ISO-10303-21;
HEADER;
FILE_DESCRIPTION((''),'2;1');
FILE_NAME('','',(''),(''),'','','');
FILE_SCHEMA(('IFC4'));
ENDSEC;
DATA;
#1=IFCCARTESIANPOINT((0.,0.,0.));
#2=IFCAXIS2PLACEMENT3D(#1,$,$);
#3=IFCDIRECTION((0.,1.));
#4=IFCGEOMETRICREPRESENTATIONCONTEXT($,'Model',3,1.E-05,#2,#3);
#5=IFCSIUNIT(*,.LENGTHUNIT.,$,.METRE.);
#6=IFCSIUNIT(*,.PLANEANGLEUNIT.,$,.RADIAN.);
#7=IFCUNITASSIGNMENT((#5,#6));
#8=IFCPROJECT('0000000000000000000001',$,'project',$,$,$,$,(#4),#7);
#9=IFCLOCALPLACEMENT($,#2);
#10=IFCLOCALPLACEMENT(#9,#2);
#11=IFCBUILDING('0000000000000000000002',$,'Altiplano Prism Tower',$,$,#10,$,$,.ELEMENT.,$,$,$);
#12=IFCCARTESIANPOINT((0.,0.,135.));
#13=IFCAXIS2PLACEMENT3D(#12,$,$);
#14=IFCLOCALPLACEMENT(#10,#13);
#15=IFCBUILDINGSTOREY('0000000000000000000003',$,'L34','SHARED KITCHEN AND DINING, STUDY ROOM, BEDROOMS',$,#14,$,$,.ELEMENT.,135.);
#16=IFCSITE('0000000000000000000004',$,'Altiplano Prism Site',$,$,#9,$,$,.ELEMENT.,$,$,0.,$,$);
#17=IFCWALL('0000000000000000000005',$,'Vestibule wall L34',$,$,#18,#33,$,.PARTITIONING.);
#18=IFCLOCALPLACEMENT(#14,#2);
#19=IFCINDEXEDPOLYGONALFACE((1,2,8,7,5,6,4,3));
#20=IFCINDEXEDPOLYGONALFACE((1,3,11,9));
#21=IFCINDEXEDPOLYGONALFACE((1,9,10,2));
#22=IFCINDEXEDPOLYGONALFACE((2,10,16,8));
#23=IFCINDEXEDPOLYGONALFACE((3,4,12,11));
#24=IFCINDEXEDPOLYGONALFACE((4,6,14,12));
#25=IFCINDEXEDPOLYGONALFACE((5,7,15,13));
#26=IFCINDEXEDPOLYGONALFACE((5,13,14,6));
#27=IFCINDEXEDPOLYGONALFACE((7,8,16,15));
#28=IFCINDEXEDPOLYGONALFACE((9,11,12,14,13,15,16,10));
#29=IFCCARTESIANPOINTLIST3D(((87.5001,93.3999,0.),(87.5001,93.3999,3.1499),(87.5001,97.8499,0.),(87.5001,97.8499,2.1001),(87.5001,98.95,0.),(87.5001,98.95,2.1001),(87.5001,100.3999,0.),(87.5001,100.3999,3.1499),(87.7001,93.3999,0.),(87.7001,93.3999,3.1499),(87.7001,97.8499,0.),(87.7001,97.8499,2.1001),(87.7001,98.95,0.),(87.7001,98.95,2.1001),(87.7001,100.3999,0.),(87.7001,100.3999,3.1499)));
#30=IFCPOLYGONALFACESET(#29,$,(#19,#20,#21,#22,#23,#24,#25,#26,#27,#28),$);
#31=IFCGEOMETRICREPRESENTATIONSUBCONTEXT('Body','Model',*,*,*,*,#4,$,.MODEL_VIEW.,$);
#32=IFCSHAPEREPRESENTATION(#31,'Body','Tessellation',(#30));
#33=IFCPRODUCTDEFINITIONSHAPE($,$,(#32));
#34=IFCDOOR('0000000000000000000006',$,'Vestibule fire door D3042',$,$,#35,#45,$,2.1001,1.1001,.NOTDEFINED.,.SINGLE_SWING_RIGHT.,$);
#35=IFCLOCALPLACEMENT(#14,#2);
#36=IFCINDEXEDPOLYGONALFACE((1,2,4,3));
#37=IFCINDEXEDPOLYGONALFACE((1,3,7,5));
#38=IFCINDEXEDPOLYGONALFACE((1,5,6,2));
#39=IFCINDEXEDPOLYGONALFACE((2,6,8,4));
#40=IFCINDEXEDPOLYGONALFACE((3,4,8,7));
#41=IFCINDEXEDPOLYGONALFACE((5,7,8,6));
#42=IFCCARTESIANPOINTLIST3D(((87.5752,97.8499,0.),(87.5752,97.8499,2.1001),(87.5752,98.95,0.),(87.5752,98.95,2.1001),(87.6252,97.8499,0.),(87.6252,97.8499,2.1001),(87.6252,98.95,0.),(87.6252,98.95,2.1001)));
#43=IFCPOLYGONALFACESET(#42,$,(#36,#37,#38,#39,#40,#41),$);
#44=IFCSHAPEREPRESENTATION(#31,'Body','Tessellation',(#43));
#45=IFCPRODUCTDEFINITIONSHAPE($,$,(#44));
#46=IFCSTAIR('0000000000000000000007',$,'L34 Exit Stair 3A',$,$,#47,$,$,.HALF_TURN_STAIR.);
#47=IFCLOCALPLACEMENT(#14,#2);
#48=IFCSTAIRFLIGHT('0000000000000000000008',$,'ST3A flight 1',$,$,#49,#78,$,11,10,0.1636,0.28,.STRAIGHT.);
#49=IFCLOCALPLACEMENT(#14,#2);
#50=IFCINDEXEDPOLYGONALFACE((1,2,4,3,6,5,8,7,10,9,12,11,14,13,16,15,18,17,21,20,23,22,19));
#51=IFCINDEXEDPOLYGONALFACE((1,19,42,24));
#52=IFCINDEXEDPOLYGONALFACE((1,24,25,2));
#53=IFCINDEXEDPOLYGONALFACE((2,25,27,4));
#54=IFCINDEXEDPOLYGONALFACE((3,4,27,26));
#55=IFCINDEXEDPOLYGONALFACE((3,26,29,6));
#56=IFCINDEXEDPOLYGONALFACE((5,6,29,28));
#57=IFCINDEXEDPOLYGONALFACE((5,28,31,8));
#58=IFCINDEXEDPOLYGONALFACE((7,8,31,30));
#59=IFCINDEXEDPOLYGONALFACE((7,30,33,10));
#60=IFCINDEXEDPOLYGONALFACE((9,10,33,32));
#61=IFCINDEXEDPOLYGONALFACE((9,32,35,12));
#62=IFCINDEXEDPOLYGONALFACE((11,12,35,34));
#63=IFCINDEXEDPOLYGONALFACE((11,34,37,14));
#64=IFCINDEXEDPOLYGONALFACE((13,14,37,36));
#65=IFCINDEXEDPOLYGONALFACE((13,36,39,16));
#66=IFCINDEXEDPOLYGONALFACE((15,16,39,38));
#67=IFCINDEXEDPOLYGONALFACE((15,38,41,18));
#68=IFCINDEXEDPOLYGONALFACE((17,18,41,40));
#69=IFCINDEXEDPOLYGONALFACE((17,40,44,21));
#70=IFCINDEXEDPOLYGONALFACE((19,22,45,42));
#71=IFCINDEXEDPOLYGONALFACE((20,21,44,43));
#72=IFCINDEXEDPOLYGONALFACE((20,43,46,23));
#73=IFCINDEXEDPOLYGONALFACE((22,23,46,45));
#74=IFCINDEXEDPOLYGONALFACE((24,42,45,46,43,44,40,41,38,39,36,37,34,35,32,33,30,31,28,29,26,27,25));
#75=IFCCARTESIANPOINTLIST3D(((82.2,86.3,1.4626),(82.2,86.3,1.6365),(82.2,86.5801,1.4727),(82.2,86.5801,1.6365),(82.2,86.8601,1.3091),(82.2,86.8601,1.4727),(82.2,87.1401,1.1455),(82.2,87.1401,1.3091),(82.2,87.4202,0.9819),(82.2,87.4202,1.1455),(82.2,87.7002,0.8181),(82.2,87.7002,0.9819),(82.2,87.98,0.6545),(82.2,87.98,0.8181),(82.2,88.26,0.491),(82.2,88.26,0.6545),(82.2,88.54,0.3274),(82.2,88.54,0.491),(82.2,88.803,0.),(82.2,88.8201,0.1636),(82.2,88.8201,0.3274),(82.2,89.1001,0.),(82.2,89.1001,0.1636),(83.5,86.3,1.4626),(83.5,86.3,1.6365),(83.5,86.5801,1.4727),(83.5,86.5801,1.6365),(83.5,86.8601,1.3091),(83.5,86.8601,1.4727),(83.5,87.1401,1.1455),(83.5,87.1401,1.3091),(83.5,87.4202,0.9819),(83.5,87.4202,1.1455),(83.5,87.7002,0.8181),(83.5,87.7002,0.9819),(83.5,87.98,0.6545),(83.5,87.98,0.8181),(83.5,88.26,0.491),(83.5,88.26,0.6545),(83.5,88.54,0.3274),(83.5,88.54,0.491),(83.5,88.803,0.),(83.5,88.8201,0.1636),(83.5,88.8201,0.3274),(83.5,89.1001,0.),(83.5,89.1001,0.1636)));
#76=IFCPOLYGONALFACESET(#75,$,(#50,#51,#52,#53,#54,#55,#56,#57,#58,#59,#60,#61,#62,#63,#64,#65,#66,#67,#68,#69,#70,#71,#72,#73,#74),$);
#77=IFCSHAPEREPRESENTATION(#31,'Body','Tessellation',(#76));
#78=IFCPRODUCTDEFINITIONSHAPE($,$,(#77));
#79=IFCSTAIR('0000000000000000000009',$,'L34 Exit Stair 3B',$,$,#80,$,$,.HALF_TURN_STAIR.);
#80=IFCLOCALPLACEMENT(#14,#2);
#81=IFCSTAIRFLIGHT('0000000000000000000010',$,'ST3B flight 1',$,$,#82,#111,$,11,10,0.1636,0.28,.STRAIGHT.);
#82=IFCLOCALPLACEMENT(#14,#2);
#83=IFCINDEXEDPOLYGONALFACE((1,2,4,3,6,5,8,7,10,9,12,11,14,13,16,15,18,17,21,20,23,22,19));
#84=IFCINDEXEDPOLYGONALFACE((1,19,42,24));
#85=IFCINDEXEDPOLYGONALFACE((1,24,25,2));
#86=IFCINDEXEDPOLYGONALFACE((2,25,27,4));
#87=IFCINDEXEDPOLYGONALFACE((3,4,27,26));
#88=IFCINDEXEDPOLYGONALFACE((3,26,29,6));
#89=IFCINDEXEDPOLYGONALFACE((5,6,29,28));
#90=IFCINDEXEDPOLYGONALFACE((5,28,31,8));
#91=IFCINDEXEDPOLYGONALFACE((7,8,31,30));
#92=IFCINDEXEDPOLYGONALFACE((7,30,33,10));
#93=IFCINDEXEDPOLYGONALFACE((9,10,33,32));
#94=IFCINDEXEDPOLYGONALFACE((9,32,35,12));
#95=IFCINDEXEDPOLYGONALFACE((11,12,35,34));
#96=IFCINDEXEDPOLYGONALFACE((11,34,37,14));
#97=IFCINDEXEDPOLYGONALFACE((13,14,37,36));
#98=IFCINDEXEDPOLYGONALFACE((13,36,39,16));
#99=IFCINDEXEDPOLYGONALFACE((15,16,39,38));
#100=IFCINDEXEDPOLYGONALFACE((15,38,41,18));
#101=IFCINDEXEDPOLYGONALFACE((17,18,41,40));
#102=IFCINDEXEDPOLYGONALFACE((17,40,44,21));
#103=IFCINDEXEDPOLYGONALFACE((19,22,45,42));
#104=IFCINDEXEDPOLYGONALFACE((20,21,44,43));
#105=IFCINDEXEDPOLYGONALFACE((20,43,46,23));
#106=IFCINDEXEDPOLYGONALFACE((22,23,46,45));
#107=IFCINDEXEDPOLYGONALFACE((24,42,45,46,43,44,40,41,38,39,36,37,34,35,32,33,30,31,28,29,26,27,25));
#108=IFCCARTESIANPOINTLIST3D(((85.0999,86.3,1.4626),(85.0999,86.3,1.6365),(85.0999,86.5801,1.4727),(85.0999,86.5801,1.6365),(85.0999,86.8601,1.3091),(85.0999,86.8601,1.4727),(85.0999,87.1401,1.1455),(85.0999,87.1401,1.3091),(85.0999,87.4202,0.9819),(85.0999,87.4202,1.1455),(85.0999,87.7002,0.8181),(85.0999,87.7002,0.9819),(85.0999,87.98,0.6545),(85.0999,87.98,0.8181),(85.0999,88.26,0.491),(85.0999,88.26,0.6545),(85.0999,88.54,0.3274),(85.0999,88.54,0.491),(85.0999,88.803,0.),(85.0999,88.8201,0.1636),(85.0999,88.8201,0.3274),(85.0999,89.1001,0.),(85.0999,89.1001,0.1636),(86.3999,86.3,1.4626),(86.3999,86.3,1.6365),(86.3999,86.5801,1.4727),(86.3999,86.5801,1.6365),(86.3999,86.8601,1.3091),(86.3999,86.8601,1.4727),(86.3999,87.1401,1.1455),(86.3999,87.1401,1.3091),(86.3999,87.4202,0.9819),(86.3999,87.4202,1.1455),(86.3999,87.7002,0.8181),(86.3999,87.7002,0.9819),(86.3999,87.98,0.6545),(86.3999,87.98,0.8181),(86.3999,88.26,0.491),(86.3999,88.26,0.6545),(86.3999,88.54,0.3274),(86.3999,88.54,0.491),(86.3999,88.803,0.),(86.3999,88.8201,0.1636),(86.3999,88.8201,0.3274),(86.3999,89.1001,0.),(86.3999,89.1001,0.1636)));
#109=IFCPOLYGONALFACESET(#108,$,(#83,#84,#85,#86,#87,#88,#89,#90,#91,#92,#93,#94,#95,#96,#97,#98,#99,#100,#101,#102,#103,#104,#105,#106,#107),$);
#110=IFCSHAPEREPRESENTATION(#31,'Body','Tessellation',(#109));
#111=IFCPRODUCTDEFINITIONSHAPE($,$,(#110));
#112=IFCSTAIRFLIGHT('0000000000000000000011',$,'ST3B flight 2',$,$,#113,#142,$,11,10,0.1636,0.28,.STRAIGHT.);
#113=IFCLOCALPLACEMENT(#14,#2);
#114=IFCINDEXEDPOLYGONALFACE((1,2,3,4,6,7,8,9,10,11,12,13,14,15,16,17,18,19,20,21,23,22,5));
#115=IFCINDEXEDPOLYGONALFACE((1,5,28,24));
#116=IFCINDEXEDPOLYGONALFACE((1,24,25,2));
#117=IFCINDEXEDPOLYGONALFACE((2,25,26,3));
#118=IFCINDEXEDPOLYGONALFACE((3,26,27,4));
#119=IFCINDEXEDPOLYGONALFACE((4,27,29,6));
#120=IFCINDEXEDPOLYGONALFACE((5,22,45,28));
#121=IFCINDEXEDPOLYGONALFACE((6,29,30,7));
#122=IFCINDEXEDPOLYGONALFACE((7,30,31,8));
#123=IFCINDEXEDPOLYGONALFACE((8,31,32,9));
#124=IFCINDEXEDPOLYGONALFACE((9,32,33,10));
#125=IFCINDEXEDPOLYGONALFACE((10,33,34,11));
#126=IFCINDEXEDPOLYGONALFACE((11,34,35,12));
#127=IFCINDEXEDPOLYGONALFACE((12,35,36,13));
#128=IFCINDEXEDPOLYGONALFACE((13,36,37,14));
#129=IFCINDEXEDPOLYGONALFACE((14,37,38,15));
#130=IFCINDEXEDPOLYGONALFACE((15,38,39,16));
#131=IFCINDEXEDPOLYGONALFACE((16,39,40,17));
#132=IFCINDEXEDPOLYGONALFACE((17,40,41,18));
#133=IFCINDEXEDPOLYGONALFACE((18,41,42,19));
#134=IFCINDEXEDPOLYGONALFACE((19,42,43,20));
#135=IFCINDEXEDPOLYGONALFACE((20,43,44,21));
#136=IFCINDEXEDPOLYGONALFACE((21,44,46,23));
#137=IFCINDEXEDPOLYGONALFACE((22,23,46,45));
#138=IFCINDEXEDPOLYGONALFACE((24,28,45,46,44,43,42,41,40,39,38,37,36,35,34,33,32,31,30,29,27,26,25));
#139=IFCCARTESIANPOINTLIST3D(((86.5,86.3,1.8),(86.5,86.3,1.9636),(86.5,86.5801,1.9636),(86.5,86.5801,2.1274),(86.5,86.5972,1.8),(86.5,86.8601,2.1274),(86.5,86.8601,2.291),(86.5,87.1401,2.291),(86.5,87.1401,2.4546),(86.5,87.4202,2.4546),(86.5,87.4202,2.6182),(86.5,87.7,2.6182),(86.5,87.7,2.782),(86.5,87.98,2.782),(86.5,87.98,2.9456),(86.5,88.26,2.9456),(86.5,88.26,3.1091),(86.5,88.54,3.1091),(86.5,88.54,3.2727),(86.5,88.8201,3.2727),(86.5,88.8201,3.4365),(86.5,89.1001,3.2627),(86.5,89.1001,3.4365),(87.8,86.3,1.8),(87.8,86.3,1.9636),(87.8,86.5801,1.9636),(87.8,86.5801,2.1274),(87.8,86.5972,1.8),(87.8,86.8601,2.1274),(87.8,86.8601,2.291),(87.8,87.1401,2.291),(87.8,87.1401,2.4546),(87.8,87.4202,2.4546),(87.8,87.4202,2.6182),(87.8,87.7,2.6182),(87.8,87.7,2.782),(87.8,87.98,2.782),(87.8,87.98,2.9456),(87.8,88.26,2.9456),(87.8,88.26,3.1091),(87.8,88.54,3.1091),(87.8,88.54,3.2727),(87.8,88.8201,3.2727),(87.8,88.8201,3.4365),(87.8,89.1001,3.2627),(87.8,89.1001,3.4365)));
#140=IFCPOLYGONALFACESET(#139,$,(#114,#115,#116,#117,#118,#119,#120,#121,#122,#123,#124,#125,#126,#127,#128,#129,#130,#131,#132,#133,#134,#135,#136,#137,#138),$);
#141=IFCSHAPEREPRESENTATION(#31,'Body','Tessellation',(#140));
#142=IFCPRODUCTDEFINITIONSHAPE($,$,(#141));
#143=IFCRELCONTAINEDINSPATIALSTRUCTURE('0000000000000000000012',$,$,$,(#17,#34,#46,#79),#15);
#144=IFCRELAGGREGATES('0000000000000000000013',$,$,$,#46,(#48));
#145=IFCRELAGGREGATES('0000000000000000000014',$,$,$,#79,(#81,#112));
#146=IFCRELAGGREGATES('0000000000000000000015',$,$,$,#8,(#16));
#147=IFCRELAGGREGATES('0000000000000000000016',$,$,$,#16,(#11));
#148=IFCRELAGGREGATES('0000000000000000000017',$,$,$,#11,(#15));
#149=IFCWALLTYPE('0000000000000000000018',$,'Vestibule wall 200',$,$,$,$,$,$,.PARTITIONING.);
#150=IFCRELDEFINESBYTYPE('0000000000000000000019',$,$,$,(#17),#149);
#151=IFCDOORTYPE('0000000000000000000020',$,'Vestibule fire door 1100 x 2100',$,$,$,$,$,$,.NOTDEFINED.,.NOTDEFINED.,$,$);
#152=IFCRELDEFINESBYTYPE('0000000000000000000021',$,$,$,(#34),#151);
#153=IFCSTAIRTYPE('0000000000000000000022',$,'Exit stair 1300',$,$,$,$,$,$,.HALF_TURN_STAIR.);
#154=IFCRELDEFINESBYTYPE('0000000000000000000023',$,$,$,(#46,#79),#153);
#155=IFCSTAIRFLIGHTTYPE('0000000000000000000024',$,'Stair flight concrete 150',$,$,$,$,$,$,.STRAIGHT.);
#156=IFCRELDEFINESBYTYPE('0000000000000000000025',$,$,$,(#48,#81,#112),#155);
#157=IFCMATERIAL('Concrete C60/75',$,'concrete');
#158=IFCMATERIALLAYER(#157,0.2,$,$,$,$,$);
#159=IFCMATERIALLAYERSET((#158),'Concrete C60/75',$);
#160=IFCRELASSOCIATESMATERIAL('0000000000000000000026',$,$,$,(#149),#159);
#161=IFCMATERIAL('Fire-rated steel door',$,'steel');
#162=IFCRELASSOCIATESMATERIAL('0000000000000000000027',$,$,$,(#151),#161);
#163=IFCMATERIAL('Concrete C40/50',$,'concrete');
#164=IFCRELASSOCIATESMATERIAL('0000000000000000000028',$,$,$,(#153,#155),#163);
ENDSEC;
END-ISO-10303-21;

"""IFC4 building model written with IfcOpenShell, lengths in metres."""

from ifc_helpers import new_model, si_unit, direction, frame, frame_2d, origin, place, context, subcontext, project, spatial, polyline, rectangle, outline, extrude, material, layer, layer_set, type_object, element, fill, aggregate, save


model = new_model("IFC4")

# Units and contexts
model_context = context("Model", 3, precision=1e-05, world=origin(), true_north=direction((0.0, 1.0)))
body_context = subcontext(model_context, "Body", "Model", "MODEL_VIEW")
ifc_project = project(units=[si_unit("LENGTHUNIT", "METRE"), si_unit("PLANEANGLEUNIT", "RADIAN")], contexts=[model_context])

# Site, building, storey
site_placement = place(None, origin())
site = spatial("IfcSite", under=ifc_project, at=site_placement, Name="Altiplano Prism Site", CompositionType="ELEMENT", RefElevation=0.0)
building_placement = place(site_placement, origin())
building = spatial("IfcBuilding", under=site, at=building_placement, Name="Altiplano Prism Tower", CompositionType="ELEMENT")
storey_placement = place(building_placement, frame((0.0, 0.0, 135.0)))
storey = spatial("IfcBuildingStorey", under=building, at=storey_placement, Name="L34", Description="SHARED KITCHEN AND DINING, STUDY ROOM, BEDROOMS", CompositionType="ELEMENT", Elevation=135.0)

# Shared definitions
ifc_material_1 = material(Name="Concrete C60/75", Category="concrete")

# Shared definitions
ifc_material_2 = material(Name="Fire-rated steel door", Category="steel")

# Wall, opening, door
ifc_layer_1 = layer(ifc_material_1, 0.2)
ifc_layer_set_1 = layer_set([ifc_layer_1], Name="Concrete C60/75")
wall_type_1 = type_object("IfcWallType", Name="Vestibule wall 200", PredefinedType="PARTITIONING", material=ifc_layer_set_1)
wall_1_placement = place(storey_placement, frame((87.6001, 93.3999, 0.0), z_axis=(0.0, 0.0, 1.0), x_axis=(0.0, 1.0, 0.0)))
wall_1 = element("IfcWall", 1, at=wall_1_placement, inside=storey, type_object=wall_type_1, Name="Vestibule wall L34", PredefinedType="PARTITIONING", context=body_context, shape_type="SweptSolid", body=[
    extrude(rectangle(XDim=7.0, YDim=0.2, at=frame_2d((3.5, 0.0))), origin(), (0.0, 0.0, 1.0), 3.1499),
])
opening_1_placement = place(wall_1_placement, frame((4.45, 0.0, 0.0)))
opening_1 = element("IfcOpeningElement", 2, at=opening_1_placement, cuts=wall_1, PredefinedType="OPENING", context=body_context, shape_type="SweptSolid", body=[
    extrude(rectangle(XDim=1.1001, YDim=2.1001, at=frame_2d((0.55, 1.05))), frame((0.0, 0.1104, 0.0), z_axis=(0.0, -1.0, 0.0), x_axis=(1.0, 0.0, 0.0)), (0.0, 0.0, 1.0), 0.2209),
])
door_type_1 = type_object("IfcDoorType", Name="Vestibule fire door 1100 x 2100", OperationType="NOTDEFINED", PredefinedType="NOTDEFINED", material=ifc_material_2)
door_1_placement = place(opening_1_placement, origin())
door_1 = element("IfcDoor", 3, at=door_1_placement, inside=storey, type_object=door_type_1, Name="Vestibule fire door D3042", OperationType="SINGLE_SWING_RIGHT", OverallHeight=2.1001, OverallWidth=1.1001, PredefinedType="NOTDEFINED", context=body_context, shape_type="SweptSolid", body=[
    extrude(rectangle(XDim=1.1001, YDim=2.1001, at=frame_2d((0.55, 1.05))), frame((0.0, 0.0249, 0.0), z_axis=(0.0, -1.0, 0.0), x_axis=(1.0, 0.0, 0.0)), (0.0, 0.0, 1.0), 0.05),
])
fill(opening_1, door_1)

# Stair, stair flight
ifc_material_3 = material(Name="Concrete C40/50", Category="concrete")
stair_type = type_object("IfcStairType", Name="Exit stair 1300", PredefinedType="HALF_TURN_STAIR", material=ifc_material_3)
stair_1_placement = place(storey_placement, origin())
stair_1 = element("IfcStair", 4, at=stair_1_placement, inside=storey, type_object=stair_type, Name="L34 Exit Stair 3A", PredefinedType="HALF_TURN_STAIR")
stair_flight_type = type_object("IfcStairFlightType", Name="Stair flight concrete 150", PredefinedType="STRAIGHT", material=ifc_material_3)
stair_flight_1_placement = place(storey_placement, frame((82.8501, 89.1001, 0.0), z_axis=(0.0, 0.0, 1.0), x_axis=(0.0, -1.0, 0.0)))
stair_flight_1 = element("IfcStairFlight", 5, at=stair_flight_1_placement, type_object=stair_flight_type, Name="ST3A flight 1", NumberOfRisers=11, NumberOfTreads=10, PredefinedType="STRAIGHT", RiserHeight=0.1636, TreadLength=0.28, context=body_context, shape_type="SweptSolid", body=[
    extrude(outline(polyline([(0.0, 0.0), (0.0, 0.1636), (0.28, 0.1636), (0.28, 0.3274), (0.5601, 0.3274), (0.5601, 0.491), (0.8401, 0.491), (0.8401, 0.6545), (1.1201, 0.6545), (1.1201, 0.8181), (1.3999, 0.8181), (1.3999, 0.9819), (1.6799, 0.9819), (1.6799, 1.1455), (1.96, 1.1455), (1.96, 1.3091), (2.24, 1.3091), (2.24, 1.4727), (2.52, 1.4727), (2.52, 1.6365), (2.8, 1.6365), (2.8, 1.8), (2.8, 1.4626), (0.2971, 0.0), (0.0, 0.0)])), frame((0.0, 0.6499, 0.0), z_axis=(0.0, -1.0, 0.0), x_axis=(1.0, 0.0, 0.0)), (0.0, 0.0, 1.0), 1.3),
])
aggregate(stair_1, [stair_flight_1])

# Stair, stair flights
stair_2_placement = place(storey_placement, origin())
stair_2 = element("IfcStair", 6, at=stair_2_placement, inside=storey, type_object=stair_type, Name="L34 Exit Stair 3B", PredefinedType="HALF_TURN_STAIR")
stair_flight_2_placement = place(storey_placement, frame((85.75, 89.1001, 0.0), z_axis=(0.0, 0.0, 1.0), x_axis=(0.0, -1.0, 0.0)))
stair_flight_2 = element("IfcStairFlight", 7, at=stair_flight_2_placement, type_object=stair_flight_type, Name="ST3B flight 1", NumberOfRisers=11, NumberOfTreads=10, PredefinedType="STRAIGHT", RiserHeight=0.1636, TreadLength=0.28, context=body_context, shape_type="SweptSolid", body=[
    extrude(outline(polyline([(0.0, 0.0), (0.0, 0.1636), (0.28, 0.1636), (0.28, 0.3274), (0.5601, 0.3274), (0.5601, 0.491), (0.8401, 0.491), (0.8401, 0.6545), (1.1201, 0.6545), (1.1201, 0.8181), (1.3999, 0.8181), (1.3999, 0.9819), (1.6799, 0.9819), (1.6799, 1.1455), (1.96, 1.1455), (1.96, 1.3091), (2.24, 1.3091), (2.24, 1.4727), (2.52, 1.4727), (2.52, 1.6365), (2.8, 1.6365), (2.8, 1.8), (2.8, 1.4626), (0.2971, 0.0), (0.0, 0.0)])), frame((0.0, 0.6499, 0.0), z_axis=(0.0, -1.0, 0.0), x_axis=(1.0, 0.0, 0.0)), (0.0, 0.0, 1.0), 1.3),
])
stair_flight_3_placement = place(storey_placement, frame((87.1499, 86.3, 1.8), z_axis=(0.0, 0.0, 1.0), x_axis=(0.0, 1.0, 0.0)))
stair_flight_3 = element("IfcStairFlight", 8, at=stair_flight_3_placement, type_object=stair_flight_type, Name="ST3B flight 2", NumberOfRisers=11, NumberOfTreads=10, PredefinedType="STRAIGHT", RiserHeight=0.1636, TreadLength=0.28, context=body_context, shape_type="SweptSolid", body=[
    extrude(outline(polyline([(0.0, 0.0), (0.0, 0.1636), (0.28, 0.1636), (0.28, 0.3274), (0.5601, 0.3274), (0.5601, 0.491), (0.8401, 0.491), (0.8401, 0.6545), (1.1201, 0.6545), (1.1201, 0.8181), (1.3999, 0.8181), (1.3999, 0.9819), (1.6799, 0.9819), (1.6799, 1.1455), (1.96, 1.1455), (1.96, 1.3091), (2.24, 1.3091), (2.24, 1.4727), (2.52, 1.4727), (2.52, 1.6365), (2.8, 1.6365), (2.8, 1.8), (2.8, 1.4626), (0.2971, 0.0), (0.0, 0.0)])), frame((0.0, 0.6499, 0.0), z_axis=(0.0, -1.0, 0.0), x_axis=(1.0, 0.0, 0.0)), (0.0, 0.0, 1.0), 1.3),
])
aggregate(stair_2, [stair_flight_2, stair_flight_3])

save(model, "model.ifc")
